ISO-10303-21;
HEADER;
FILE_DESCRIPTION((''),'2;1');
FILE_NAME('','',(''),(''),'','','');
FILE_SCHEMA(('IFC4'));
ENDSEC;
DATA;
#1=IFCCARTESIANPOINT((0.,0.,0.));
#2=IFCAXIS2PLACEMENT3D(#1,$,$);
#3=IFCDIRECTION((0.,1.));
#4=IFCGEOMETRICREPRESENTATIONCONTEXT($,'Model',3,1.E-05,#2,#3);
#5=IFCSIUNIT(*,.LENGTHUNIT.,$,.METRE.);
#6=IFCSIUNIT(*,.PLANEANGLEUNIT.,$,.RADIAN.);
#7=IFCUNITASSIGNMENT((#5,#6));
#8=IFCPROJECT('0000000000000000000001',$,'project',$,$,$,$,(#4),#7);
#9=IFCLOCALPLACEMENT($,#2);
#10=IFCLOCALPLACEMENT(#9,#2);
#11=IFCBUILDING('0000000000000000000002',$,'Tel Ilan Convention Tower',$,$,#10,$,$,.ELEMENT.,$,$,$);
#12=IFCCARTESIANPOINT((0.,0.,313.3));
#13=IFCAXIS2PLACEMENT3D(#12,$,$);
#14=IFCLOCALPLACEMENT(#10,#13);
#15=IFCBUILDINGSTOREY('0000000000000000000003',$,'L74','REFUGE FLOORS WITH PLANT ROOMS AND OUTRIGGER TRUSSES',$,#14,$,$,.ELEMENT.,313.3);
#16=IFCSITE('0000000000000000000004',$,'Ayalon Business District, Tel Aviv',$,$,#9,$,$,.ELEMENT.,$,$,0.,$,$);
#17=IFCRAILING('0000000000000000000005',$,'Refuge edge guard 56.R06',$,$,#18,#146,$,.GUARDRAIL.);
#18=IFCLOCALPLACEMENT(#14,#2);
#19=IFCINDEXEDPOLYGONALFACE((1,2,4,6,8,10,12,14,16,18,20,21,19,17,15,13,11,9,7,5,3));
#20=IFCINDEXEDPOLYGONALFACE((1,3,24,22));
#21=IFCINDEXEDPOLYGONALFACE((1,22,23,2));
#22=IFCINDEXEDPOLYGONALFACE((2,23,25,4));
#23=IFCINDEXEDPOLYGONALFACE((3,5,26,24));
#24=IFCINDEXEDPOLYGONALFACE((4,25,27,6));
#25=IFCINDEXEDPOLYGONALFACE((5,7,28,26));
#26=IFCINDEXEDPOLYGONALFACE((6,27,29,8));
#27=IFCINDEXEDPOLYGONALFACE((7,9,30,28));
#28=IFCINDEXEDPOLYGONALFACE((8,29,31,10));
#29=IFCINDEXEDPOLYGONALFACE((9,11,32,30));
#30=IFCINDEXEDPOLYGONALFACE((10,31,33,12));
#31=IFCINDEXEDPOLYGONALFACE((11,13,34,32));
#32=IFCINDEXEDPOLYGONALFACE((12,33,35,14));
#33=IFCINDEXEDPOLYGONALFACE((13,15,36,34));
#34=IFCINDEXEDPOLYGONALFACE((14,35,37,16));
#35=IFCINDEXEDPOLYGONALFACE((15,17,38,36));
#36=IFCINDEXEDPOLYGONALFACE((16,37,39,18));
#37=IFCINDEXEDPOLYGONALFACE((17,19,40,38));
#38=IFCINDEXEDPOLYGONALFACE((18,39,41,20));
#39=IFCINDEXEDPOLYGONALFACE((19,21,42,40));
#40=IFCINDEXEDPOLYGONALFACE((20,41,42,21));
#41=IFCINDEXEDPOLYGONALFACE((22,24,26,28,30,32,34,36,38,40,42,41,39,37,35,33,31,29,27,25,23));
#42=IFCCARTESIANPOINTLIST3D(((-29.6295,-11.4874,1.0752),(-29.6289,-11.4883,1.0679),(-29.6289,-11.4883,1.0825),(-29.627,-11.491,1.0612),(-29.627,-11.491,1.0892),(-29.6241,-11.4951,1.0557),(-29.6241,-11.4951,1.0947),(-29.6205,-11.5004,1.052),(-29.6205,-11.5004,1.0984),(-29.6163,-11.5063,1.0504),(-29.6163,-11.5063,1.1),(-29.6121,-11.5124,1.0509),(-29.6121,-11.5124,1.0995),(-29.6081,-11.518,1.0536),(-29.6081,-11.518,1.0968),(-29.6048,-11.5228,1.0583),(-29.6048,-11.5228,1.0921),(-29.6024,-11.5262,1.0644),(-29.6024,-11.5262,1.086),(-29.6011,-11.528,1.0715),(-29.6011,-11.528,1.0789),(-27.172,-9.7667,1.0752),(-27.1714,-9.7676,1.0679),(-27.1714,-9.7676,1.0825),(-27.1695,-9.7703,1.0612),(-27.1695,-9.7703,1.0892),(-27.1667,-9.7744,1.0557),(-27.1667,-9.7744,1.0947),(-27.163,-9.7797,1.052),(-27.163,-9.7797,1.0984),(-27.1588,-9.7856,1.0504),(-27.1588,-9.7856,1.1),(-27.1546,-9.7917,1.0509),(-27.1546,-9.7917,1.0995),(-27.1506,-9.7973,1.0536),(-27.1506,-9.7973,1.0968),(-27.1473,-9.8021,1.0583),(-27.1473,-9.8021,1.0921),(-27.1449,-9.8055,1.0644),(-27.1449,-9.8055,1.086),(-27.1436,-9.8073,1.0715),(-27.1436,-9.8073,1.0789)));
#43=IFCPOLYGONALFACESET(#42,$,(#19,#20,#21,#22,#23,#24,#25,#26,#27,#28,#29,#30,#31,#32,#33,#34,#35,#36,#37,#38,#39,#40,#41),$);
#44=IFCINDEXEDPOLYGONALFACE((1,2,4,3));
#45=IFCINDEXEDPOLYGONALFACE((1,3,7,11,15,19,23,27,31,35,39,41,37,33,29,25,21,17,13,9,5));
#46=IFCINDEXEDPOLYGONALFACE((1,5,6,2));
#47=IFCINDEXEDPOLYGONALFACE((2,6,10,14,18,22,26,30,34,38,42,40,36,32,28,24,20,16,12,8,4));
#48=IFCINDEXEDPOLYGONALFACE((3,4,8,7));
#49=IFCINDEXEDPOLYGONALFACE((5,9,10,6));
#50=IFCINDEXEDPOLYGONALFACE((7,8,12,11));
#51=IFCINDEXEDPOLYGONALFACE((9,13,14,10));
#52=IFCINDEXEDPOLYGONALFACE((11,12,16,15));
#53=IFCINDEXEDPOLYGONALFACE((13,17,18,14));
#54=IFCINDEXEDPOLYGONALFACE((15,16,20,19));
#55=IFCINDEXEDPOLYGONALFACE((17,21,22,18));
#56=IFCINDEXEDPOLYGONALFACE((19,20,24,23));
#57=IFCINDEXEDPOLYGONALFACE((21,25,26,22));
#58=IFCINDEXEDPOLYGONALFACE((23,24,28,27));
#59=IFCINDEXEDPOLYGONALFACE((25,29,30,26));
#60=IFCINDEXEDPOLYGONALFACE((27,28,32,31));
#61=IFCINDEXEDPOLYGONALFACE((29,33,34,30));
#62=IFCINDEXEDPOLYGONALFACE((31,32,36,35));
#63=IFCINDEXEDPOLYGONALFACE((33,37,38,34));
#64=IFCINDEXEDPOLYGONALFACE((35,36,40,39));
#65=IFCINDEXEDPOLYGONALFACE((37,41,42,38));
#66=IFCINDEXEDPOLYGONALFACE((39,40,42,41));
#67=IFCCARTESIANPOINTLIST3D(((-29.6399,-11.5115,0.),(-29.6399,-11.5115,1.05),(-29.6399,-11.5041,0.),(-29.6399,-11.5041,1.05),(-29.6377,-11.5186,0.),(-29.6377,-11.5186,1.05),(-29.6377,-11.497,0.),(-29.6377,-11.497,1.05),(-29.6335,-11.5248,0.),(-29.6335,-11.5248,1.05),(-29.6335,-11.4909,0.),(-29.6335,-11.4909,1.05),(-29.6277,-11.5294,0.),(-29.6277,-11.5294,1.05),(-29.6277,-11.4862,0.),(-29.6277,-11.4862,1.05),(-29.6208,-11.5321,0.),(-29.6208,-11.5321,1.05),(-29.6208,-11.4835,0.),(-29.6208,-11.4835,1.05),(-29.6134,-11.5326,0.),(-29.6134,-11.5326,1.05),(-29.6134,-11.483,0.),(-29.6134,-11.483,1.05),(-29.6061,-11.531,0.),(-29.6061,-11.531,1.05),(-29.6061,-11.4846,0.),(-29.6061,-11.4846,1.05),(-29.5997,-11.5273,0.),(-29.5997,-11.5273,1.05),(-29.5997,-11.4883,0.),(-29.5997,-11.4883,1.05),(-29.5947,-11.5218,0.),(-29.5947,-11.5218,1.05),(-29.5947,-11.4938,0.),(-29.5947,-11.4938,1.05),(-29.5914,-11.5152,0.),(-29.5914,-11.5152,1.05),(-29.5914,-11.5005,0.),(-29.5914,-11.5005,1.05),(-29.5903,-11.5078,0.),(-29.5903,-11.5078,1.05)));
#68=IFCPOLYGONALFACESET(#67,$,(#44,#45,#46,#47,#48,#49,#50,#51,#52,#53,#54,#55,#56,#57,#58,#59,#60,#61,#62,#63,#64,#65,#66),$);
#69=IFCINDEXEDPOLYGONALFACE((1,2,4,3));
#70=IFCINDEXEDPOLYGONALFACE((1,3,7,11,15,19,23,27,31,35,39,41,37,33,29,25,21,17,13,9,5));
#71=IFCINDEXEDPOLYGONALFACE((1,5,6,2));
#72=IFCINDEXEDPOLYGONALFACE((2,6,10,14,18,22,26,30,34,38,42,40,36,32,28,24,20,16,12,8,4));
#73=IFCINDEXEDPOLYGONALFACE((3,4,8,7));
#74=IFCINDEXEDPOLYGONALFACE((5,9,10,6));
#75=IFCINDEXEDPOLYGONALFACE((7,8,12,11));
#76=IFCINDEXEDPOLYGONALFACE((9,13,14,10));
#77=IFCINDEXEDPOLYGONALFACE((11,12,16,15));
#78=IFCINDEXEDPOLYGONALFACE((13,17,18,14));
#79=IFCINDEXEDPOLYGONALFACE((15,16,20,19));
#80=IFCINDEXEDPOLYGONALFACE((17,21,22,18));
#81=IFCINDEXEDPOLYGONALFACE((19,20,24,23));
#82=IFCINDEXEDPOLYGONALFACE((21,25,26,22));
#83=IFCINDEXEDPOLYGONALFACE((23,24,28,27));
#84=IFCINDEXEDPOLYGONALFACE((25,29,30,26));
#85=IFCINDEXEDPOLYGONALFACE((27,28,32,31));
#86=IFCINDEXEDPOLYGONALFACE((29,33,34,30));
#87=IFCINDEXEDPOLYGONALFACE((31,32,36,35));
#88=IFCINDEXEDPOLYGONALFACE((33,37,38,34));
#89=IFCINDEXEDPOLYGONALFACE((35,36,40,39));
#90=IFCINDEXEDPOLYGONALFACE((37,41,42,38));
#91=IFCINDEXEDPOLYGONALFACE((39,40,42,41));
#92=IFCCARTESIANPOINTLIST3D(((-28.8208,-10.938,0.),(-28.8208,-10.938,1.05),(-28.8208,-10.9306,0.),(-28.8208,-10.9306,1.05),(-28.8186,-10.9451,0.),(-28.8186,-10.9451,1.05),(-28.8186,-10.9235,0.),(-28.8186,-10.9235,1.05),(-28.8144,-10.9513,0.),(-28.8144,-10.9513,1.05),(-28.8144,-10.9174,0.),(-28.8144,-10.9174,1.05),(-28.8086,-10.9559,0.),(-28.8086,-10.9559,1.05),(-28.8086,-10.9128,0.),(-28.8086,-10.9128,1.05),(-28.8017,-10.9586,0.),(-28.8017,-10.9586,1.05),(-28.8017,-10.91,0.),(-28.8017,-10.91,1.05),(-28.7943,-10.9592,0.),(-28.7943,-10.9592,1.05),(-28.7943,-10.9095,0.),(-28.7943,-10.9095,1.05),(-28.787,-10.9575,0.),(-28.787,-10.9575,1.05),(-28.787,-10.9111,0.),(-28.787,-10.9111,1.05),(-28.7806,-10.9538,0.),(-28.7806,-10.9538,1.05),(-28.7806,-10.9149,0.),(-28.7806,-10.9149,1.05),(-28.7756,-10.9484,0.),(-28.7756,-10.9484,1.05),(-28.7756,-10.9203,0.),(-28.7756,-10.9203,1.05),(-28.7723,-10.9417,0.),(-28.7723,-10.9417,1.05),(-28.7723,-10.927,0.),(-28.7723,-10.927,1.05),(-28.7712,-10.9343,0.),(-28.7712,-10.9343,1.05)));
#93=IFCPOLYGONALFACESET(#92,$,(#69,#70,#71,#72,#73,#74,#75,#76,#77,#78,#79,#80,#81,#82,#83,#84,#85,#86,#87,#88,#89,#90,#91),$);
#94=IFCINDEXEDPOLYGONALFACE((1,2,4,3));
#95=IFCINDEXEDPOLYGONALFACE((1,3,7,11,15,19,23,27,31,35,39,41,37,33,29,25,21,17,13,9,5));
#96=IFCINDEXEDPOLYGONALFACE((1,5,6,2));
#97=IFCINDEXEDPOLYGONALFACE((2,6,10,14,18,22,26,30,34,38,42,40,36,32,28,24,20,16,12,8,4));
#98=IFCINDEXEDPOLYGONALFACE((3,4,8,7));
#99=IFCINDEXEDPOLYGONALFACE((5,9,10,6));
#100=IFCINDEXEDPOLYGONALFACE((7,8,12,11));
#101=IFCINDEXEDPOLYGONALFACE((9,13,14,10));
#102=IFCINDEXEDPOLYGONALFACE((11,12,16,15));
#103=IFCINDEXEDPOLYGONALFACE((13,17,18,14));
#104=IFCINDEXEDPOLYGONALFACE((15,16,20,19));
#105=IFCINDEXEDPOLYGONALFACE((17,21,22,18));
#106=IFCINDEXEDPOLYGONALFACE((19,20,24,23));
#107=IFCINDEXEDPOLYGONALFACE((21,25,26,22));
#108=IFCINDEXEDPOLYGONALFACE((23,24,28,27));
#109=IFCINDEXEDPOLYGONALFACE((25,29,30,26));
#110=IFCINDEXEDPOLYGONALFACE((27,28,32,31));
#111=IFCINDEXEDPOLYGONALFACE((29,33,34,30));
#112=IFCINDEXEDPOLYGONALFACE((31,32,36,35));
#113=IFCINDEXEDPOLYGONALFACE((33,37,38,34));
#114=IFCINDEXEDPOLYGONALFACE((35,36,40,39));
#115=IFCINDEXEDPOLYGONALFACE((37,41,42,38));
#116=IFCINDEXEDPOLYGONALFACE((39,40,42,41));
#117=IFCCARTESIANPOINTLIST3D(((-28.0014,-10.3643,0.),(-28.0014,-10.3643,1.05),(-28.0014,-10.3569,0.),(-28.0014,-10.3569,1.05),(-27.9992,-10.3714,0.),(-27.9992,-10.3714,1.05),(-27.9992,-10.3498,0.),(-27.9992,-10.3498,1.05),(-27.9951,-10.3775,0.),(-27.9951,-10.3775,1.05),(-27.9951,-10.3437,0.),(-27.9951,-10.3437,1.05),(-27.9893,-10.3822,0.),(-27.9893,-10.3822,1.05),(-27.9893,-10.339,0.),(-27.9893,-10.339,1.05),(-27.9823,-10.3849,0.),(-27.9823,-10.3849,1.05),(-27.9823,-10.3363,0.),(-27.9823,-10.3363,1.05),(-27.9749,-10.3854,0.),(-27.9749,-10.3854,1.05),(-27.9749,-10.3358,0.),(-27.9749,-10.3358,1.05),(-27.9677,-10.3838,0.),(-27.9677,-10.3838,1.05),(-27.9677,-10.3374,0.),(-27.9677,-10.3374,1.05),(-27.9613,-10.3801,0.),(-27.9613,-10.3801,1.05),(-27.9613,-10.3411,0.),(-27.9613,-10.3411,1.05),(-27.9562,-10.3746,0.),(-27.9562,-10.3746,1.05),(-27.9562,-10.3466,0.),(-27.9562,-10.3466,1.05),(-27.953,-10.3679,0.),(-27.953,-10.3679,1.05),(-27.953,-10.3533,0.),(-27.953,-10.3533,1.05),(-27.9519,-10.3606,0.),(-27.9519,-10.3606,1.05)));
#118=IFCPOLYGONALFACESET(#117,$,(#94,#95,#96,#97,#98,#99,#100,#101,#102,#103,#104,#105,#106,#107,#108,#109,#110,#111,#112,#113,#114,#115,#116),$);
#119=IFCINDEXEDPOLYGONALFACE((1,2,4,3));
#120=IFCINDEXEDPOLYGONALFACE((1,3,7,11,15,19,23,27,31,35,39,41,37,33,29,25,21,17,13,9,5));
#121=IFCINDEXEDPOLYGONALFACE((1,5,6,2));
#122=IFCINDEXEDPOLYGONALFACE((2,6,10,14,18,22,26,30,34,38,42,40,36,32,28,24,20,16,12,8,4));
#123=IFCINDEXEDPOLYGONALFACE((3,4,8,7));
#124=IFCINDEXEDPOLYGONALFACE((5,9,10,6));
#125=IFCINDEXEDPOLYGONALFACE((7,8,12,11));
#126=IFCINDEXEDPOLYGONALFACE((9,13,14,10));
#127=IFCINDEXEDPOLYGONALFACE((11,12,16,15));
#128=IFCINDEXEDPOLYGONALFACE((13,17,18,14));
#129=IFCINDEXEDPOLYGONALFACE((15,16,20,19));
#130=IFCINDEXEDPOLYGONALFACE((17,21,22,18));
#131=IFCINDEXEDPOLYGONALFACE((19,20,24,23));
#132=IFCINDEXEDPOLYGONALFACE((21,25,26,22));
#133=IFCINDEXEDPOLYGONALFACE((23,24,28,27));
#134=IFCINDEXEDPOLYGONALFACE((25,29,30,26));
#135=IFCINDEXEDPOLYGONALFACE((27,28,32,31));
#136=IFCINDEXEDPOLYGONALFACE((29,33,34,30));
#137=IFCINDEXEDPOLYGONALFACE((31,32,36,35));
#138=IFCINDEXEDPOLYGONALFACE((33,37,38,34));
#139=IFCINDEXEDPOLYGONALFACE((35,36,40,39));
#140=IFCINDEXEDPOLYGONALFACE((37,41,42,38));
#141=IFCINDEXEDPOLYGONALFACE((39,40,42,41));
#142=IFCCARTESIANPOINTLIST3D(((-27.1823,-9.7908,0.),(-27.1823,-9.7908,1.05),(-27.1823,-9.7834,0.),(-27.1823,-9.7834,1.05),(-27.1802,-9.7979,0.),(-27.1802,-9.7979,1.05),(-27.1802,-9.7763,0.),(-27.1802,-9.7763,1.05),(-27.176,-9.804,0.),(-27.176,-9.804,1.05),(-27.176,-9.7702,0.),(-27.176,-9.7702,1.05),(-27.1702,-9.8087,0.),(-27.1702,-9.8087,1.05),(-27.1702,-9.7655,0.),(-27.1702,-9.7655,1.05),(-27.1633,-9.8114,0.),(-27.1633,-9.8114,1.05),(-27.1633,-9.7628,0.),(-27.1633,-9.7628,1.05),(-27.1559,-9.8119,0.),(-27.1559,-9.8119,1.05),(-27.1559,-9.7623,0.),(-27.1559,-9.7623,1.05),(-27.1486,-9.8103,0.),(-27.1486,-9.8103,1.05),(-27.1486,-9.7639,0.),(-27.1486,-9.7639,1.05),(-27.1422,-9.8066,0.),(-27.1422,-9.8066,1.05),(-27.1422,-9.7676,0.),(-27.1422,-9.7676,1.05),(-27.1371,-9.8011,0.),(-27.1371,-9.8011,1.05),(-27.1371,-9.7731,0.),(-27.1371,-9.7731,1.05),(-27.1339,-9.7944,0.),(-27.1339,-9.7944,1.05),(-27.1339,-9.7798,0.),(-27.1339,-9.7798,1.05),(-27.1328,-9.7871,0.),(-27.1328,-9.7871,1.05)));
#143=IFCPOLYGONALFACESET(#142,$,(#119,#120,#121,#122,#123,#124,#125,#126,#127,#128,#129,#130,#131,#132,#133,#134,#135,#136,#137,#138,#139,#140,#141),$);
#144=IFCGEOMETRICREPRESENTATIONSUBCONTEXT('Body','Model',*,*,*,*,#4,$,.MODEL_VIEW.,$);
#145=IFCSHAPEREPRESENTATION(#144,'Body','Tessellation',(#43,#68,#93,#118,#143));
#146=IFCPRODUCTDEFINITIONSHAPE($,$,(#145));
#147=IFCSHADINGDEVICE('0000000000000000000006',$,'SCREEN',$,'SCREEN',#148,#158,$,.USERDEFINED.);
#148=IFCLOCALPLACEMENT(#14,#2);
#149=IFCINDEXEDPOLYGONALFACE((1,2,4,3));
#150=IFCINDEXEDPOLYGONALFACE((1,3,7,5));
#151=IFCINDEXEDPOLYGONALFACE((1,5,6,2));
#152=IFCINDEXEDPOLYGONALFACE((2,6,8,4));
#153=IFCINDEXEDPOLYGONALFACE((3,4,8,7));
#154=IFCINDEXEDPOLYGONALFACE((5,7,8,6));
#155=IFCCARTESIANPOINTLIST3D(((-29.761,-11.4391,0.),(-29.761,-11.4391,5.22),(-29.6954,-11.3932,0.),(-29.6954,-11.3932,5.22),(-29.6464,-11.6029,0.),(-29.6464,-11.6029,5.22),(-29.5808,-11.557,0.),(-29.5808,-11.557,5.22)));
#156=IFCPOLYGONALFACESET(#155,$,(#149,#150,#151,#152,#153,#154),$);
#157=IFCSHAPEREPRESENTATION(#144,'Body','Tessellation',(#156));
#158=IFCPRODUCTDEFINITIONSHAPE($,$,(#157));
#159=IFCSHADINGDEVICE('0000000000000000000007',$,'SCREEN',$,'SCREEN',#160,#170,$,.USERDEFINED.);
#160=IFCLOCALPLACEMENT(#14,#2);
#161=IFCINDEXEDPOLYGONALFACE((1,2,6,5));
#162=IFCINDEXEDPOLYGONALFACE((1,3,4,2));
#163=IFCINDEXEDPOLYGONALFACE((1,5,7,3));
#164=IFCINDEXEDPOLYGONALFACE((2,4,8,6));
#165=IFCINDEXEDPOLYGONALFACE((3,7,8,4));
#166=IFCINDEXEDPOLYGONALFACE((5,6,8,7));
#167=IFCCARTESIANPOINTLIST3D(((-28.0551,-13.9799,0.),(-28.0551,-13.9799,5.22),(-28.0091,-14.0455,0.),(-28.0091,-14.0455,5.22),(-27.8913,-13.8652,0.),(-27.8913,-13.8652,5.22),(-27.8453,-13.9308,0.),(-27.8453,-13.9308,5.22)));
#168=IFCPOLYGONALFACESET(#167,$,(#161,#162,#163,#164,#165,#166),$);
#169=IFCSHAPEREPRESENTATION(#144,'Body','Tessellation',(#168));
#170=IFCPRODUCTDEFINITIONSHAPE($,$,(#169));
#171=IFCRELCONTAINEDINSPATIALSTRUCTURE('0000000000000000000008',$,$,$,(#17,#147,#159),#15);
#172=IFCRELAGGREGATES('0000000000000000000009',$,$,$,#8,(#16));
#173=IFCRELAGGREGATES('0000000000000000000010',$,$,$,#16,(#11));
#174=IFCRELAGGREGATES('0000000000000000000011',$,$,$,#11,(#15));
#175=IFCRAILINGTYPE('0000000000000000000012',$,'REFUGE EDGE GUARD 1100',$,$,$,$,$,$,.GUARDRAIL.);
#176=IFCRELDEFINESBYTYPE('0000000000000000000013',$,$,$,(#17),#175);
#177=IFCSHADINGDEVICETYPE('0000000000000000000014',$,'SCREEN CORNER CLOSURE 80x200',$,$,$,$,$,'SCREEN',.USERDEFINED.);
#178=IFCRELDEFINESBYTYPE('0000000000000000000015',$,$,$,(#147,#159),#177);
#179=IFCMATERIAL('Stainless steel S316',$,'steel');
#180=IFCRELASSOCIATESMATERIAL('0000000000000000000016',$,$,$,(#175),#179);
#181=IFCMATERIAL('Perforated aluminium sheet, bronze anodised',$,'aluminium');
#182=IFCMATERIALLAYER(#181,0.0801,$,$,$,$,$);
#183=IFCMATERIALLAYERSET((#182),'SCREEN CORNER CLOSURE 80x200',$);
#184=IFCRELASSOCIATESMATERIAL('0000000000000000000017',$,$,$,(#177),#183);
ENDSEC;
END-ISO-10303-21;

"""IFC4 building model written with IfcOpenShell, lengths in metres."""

from ifc_helpers import new_model, si_unit, direction, frame, origin, origin_2d, place, context, subcontext, project, spatial, rectangle, circle, extrude, material, layer, layer_set, type_object, element, save


model = new_model("IFC4")

# Units and contexts
model_context = context("Model", 3, precision=1e-05, world=origin(), true_north=direction((0.0, 1.0)))
body_context = subcontext(model_context, "Body", "Model", "MODEL_VIEW")
ifc_project = project(units=[si_unit("LENGTHUNIT", "METRE"), si_unit("PLANEANGLEUNIT", "RADIAN")], contexts=[model_context])

# Site, building, storey
site_placement = place(None, origin())
site = spatial("IfcSite", under=ifc_project, at=site_placement, Name="Ayalon Business District, Tel Aviv", CompositionType="ELEMENT", RefElevation=0.0)
building_placement = place(site_placement, origin())
building = spatial("IfcBuilding", under=site, at=building_placement, Name="Tel Ilan Convention Tower", CompositionType="ELEMENT")
storey_placement = place(building_placement, frame((0.0, 0.0, 313.3)))
storey = spatial("IfcBuildingStorey", under=building, at=storey_placement, Name="L74", Description="REFUGE FLOORS WITH PLANT ROOMS AND OUTRIGGER TRUSSES", CompositionType="ELEMENT", Elevation=313.3)

# Railing
ifc_material_1 = material(Name="Stainless steel S316", Category="steel")
railing_type_1 = type_object("IfcRailingType", Name="REFUGE EDGE GUARD 1100", PredefinedType="GUARDRAIL", material=ifc_material_1)
railing_1_placement = place(storey_placement, frame((-29.6152, -11.5078, 0.0)))
element("IfcRailing", 1, at=railing_1_placement, inside=storey, type_object=railing_type_1, Name="Refuge edge guard 56.R06", PredefinedType="GUARDRAIL", context=body_context, shape_type="SweptSolid", body=[
    extrude(circle(Radius=0.0249, at=origin_2d()), frame((0.0, 0.0, 1.0752), z_axis=(0.819163, 0.573561, 0.0), x_axis=(-0.573561, 0.819163, 0.0)), (0.0, 0.0, 1.0), 3.0),
    extrude(circle(Radius=0.0249, at=origin_2d()), origin(), (0.0, 0.0, 1.0), 1.05),
    extrude(circle(Radius=0.0249, at=origin_2d()), frame((0.8191, 0.5735, 0.0)), (0.0, 0.0, 1.0), 1.05),
    extrude(circle(Radius=0.0249, at=origin_2d()), frame((1.6384, 1.1472, 0.0)), (0.0, 0.0, 1.0), 1.05),
    extrude(circle(Radius=0.0249, at=origin_2d()), frame((2.4575, 1.7207, 0.0)), (0.0, 0.0, 1.0), 1.05),
])

# Shading devices
ifc_material_2 = material(Name="Perforated aluminium sheet, bronze anodised", Category="aluminium")
ifc_layer_1 = layer(ifc_material_2, 0.0801)
ifc_layer_set_1 = layer_set([ifc_layer_1], Name="SCREEN CORNER CLOSURE 80x200")
shading_device_type_1 = type_object("IfcShadingDeviceType", Name="SCREEN CORNER CLOSURE 80x200", ElementType="SCREEN", PredefinedType="USERDEFINED", material=ifc_layer_set_1)
for number, where, z_axis, x_axis, name in (
    (2, (-29.6709, -11.498, 0.0), (0.0, 0.0, 1.0), (-0.819152, -0.573576, 0.0), "SCREEN"),
    (3, (-27.9502, -13.9553, 0.0), (0.0, 0.0, 1.0), (0.573576, -0.819152, 0.0), "SCREEN"),
):
    element("IfcShadingDevice", number, at=place(storey_placement, frame(where, z_axis=z_axis, x_axis=x_axis)), inside=storey, type_object=shading_device_type_1, Name=name, ObjectType="SCREEN", PredefinedType="USERDEFINED", context=body_context, shape_type="SweptSolid", body=[
        extrude(rectangle(XDim=0.0801, YDim=0.2, at=origin_2d()), origin(), (0.0, 0.0, 1.0), 5.22),
    ])

save(model, "model.ifc")
